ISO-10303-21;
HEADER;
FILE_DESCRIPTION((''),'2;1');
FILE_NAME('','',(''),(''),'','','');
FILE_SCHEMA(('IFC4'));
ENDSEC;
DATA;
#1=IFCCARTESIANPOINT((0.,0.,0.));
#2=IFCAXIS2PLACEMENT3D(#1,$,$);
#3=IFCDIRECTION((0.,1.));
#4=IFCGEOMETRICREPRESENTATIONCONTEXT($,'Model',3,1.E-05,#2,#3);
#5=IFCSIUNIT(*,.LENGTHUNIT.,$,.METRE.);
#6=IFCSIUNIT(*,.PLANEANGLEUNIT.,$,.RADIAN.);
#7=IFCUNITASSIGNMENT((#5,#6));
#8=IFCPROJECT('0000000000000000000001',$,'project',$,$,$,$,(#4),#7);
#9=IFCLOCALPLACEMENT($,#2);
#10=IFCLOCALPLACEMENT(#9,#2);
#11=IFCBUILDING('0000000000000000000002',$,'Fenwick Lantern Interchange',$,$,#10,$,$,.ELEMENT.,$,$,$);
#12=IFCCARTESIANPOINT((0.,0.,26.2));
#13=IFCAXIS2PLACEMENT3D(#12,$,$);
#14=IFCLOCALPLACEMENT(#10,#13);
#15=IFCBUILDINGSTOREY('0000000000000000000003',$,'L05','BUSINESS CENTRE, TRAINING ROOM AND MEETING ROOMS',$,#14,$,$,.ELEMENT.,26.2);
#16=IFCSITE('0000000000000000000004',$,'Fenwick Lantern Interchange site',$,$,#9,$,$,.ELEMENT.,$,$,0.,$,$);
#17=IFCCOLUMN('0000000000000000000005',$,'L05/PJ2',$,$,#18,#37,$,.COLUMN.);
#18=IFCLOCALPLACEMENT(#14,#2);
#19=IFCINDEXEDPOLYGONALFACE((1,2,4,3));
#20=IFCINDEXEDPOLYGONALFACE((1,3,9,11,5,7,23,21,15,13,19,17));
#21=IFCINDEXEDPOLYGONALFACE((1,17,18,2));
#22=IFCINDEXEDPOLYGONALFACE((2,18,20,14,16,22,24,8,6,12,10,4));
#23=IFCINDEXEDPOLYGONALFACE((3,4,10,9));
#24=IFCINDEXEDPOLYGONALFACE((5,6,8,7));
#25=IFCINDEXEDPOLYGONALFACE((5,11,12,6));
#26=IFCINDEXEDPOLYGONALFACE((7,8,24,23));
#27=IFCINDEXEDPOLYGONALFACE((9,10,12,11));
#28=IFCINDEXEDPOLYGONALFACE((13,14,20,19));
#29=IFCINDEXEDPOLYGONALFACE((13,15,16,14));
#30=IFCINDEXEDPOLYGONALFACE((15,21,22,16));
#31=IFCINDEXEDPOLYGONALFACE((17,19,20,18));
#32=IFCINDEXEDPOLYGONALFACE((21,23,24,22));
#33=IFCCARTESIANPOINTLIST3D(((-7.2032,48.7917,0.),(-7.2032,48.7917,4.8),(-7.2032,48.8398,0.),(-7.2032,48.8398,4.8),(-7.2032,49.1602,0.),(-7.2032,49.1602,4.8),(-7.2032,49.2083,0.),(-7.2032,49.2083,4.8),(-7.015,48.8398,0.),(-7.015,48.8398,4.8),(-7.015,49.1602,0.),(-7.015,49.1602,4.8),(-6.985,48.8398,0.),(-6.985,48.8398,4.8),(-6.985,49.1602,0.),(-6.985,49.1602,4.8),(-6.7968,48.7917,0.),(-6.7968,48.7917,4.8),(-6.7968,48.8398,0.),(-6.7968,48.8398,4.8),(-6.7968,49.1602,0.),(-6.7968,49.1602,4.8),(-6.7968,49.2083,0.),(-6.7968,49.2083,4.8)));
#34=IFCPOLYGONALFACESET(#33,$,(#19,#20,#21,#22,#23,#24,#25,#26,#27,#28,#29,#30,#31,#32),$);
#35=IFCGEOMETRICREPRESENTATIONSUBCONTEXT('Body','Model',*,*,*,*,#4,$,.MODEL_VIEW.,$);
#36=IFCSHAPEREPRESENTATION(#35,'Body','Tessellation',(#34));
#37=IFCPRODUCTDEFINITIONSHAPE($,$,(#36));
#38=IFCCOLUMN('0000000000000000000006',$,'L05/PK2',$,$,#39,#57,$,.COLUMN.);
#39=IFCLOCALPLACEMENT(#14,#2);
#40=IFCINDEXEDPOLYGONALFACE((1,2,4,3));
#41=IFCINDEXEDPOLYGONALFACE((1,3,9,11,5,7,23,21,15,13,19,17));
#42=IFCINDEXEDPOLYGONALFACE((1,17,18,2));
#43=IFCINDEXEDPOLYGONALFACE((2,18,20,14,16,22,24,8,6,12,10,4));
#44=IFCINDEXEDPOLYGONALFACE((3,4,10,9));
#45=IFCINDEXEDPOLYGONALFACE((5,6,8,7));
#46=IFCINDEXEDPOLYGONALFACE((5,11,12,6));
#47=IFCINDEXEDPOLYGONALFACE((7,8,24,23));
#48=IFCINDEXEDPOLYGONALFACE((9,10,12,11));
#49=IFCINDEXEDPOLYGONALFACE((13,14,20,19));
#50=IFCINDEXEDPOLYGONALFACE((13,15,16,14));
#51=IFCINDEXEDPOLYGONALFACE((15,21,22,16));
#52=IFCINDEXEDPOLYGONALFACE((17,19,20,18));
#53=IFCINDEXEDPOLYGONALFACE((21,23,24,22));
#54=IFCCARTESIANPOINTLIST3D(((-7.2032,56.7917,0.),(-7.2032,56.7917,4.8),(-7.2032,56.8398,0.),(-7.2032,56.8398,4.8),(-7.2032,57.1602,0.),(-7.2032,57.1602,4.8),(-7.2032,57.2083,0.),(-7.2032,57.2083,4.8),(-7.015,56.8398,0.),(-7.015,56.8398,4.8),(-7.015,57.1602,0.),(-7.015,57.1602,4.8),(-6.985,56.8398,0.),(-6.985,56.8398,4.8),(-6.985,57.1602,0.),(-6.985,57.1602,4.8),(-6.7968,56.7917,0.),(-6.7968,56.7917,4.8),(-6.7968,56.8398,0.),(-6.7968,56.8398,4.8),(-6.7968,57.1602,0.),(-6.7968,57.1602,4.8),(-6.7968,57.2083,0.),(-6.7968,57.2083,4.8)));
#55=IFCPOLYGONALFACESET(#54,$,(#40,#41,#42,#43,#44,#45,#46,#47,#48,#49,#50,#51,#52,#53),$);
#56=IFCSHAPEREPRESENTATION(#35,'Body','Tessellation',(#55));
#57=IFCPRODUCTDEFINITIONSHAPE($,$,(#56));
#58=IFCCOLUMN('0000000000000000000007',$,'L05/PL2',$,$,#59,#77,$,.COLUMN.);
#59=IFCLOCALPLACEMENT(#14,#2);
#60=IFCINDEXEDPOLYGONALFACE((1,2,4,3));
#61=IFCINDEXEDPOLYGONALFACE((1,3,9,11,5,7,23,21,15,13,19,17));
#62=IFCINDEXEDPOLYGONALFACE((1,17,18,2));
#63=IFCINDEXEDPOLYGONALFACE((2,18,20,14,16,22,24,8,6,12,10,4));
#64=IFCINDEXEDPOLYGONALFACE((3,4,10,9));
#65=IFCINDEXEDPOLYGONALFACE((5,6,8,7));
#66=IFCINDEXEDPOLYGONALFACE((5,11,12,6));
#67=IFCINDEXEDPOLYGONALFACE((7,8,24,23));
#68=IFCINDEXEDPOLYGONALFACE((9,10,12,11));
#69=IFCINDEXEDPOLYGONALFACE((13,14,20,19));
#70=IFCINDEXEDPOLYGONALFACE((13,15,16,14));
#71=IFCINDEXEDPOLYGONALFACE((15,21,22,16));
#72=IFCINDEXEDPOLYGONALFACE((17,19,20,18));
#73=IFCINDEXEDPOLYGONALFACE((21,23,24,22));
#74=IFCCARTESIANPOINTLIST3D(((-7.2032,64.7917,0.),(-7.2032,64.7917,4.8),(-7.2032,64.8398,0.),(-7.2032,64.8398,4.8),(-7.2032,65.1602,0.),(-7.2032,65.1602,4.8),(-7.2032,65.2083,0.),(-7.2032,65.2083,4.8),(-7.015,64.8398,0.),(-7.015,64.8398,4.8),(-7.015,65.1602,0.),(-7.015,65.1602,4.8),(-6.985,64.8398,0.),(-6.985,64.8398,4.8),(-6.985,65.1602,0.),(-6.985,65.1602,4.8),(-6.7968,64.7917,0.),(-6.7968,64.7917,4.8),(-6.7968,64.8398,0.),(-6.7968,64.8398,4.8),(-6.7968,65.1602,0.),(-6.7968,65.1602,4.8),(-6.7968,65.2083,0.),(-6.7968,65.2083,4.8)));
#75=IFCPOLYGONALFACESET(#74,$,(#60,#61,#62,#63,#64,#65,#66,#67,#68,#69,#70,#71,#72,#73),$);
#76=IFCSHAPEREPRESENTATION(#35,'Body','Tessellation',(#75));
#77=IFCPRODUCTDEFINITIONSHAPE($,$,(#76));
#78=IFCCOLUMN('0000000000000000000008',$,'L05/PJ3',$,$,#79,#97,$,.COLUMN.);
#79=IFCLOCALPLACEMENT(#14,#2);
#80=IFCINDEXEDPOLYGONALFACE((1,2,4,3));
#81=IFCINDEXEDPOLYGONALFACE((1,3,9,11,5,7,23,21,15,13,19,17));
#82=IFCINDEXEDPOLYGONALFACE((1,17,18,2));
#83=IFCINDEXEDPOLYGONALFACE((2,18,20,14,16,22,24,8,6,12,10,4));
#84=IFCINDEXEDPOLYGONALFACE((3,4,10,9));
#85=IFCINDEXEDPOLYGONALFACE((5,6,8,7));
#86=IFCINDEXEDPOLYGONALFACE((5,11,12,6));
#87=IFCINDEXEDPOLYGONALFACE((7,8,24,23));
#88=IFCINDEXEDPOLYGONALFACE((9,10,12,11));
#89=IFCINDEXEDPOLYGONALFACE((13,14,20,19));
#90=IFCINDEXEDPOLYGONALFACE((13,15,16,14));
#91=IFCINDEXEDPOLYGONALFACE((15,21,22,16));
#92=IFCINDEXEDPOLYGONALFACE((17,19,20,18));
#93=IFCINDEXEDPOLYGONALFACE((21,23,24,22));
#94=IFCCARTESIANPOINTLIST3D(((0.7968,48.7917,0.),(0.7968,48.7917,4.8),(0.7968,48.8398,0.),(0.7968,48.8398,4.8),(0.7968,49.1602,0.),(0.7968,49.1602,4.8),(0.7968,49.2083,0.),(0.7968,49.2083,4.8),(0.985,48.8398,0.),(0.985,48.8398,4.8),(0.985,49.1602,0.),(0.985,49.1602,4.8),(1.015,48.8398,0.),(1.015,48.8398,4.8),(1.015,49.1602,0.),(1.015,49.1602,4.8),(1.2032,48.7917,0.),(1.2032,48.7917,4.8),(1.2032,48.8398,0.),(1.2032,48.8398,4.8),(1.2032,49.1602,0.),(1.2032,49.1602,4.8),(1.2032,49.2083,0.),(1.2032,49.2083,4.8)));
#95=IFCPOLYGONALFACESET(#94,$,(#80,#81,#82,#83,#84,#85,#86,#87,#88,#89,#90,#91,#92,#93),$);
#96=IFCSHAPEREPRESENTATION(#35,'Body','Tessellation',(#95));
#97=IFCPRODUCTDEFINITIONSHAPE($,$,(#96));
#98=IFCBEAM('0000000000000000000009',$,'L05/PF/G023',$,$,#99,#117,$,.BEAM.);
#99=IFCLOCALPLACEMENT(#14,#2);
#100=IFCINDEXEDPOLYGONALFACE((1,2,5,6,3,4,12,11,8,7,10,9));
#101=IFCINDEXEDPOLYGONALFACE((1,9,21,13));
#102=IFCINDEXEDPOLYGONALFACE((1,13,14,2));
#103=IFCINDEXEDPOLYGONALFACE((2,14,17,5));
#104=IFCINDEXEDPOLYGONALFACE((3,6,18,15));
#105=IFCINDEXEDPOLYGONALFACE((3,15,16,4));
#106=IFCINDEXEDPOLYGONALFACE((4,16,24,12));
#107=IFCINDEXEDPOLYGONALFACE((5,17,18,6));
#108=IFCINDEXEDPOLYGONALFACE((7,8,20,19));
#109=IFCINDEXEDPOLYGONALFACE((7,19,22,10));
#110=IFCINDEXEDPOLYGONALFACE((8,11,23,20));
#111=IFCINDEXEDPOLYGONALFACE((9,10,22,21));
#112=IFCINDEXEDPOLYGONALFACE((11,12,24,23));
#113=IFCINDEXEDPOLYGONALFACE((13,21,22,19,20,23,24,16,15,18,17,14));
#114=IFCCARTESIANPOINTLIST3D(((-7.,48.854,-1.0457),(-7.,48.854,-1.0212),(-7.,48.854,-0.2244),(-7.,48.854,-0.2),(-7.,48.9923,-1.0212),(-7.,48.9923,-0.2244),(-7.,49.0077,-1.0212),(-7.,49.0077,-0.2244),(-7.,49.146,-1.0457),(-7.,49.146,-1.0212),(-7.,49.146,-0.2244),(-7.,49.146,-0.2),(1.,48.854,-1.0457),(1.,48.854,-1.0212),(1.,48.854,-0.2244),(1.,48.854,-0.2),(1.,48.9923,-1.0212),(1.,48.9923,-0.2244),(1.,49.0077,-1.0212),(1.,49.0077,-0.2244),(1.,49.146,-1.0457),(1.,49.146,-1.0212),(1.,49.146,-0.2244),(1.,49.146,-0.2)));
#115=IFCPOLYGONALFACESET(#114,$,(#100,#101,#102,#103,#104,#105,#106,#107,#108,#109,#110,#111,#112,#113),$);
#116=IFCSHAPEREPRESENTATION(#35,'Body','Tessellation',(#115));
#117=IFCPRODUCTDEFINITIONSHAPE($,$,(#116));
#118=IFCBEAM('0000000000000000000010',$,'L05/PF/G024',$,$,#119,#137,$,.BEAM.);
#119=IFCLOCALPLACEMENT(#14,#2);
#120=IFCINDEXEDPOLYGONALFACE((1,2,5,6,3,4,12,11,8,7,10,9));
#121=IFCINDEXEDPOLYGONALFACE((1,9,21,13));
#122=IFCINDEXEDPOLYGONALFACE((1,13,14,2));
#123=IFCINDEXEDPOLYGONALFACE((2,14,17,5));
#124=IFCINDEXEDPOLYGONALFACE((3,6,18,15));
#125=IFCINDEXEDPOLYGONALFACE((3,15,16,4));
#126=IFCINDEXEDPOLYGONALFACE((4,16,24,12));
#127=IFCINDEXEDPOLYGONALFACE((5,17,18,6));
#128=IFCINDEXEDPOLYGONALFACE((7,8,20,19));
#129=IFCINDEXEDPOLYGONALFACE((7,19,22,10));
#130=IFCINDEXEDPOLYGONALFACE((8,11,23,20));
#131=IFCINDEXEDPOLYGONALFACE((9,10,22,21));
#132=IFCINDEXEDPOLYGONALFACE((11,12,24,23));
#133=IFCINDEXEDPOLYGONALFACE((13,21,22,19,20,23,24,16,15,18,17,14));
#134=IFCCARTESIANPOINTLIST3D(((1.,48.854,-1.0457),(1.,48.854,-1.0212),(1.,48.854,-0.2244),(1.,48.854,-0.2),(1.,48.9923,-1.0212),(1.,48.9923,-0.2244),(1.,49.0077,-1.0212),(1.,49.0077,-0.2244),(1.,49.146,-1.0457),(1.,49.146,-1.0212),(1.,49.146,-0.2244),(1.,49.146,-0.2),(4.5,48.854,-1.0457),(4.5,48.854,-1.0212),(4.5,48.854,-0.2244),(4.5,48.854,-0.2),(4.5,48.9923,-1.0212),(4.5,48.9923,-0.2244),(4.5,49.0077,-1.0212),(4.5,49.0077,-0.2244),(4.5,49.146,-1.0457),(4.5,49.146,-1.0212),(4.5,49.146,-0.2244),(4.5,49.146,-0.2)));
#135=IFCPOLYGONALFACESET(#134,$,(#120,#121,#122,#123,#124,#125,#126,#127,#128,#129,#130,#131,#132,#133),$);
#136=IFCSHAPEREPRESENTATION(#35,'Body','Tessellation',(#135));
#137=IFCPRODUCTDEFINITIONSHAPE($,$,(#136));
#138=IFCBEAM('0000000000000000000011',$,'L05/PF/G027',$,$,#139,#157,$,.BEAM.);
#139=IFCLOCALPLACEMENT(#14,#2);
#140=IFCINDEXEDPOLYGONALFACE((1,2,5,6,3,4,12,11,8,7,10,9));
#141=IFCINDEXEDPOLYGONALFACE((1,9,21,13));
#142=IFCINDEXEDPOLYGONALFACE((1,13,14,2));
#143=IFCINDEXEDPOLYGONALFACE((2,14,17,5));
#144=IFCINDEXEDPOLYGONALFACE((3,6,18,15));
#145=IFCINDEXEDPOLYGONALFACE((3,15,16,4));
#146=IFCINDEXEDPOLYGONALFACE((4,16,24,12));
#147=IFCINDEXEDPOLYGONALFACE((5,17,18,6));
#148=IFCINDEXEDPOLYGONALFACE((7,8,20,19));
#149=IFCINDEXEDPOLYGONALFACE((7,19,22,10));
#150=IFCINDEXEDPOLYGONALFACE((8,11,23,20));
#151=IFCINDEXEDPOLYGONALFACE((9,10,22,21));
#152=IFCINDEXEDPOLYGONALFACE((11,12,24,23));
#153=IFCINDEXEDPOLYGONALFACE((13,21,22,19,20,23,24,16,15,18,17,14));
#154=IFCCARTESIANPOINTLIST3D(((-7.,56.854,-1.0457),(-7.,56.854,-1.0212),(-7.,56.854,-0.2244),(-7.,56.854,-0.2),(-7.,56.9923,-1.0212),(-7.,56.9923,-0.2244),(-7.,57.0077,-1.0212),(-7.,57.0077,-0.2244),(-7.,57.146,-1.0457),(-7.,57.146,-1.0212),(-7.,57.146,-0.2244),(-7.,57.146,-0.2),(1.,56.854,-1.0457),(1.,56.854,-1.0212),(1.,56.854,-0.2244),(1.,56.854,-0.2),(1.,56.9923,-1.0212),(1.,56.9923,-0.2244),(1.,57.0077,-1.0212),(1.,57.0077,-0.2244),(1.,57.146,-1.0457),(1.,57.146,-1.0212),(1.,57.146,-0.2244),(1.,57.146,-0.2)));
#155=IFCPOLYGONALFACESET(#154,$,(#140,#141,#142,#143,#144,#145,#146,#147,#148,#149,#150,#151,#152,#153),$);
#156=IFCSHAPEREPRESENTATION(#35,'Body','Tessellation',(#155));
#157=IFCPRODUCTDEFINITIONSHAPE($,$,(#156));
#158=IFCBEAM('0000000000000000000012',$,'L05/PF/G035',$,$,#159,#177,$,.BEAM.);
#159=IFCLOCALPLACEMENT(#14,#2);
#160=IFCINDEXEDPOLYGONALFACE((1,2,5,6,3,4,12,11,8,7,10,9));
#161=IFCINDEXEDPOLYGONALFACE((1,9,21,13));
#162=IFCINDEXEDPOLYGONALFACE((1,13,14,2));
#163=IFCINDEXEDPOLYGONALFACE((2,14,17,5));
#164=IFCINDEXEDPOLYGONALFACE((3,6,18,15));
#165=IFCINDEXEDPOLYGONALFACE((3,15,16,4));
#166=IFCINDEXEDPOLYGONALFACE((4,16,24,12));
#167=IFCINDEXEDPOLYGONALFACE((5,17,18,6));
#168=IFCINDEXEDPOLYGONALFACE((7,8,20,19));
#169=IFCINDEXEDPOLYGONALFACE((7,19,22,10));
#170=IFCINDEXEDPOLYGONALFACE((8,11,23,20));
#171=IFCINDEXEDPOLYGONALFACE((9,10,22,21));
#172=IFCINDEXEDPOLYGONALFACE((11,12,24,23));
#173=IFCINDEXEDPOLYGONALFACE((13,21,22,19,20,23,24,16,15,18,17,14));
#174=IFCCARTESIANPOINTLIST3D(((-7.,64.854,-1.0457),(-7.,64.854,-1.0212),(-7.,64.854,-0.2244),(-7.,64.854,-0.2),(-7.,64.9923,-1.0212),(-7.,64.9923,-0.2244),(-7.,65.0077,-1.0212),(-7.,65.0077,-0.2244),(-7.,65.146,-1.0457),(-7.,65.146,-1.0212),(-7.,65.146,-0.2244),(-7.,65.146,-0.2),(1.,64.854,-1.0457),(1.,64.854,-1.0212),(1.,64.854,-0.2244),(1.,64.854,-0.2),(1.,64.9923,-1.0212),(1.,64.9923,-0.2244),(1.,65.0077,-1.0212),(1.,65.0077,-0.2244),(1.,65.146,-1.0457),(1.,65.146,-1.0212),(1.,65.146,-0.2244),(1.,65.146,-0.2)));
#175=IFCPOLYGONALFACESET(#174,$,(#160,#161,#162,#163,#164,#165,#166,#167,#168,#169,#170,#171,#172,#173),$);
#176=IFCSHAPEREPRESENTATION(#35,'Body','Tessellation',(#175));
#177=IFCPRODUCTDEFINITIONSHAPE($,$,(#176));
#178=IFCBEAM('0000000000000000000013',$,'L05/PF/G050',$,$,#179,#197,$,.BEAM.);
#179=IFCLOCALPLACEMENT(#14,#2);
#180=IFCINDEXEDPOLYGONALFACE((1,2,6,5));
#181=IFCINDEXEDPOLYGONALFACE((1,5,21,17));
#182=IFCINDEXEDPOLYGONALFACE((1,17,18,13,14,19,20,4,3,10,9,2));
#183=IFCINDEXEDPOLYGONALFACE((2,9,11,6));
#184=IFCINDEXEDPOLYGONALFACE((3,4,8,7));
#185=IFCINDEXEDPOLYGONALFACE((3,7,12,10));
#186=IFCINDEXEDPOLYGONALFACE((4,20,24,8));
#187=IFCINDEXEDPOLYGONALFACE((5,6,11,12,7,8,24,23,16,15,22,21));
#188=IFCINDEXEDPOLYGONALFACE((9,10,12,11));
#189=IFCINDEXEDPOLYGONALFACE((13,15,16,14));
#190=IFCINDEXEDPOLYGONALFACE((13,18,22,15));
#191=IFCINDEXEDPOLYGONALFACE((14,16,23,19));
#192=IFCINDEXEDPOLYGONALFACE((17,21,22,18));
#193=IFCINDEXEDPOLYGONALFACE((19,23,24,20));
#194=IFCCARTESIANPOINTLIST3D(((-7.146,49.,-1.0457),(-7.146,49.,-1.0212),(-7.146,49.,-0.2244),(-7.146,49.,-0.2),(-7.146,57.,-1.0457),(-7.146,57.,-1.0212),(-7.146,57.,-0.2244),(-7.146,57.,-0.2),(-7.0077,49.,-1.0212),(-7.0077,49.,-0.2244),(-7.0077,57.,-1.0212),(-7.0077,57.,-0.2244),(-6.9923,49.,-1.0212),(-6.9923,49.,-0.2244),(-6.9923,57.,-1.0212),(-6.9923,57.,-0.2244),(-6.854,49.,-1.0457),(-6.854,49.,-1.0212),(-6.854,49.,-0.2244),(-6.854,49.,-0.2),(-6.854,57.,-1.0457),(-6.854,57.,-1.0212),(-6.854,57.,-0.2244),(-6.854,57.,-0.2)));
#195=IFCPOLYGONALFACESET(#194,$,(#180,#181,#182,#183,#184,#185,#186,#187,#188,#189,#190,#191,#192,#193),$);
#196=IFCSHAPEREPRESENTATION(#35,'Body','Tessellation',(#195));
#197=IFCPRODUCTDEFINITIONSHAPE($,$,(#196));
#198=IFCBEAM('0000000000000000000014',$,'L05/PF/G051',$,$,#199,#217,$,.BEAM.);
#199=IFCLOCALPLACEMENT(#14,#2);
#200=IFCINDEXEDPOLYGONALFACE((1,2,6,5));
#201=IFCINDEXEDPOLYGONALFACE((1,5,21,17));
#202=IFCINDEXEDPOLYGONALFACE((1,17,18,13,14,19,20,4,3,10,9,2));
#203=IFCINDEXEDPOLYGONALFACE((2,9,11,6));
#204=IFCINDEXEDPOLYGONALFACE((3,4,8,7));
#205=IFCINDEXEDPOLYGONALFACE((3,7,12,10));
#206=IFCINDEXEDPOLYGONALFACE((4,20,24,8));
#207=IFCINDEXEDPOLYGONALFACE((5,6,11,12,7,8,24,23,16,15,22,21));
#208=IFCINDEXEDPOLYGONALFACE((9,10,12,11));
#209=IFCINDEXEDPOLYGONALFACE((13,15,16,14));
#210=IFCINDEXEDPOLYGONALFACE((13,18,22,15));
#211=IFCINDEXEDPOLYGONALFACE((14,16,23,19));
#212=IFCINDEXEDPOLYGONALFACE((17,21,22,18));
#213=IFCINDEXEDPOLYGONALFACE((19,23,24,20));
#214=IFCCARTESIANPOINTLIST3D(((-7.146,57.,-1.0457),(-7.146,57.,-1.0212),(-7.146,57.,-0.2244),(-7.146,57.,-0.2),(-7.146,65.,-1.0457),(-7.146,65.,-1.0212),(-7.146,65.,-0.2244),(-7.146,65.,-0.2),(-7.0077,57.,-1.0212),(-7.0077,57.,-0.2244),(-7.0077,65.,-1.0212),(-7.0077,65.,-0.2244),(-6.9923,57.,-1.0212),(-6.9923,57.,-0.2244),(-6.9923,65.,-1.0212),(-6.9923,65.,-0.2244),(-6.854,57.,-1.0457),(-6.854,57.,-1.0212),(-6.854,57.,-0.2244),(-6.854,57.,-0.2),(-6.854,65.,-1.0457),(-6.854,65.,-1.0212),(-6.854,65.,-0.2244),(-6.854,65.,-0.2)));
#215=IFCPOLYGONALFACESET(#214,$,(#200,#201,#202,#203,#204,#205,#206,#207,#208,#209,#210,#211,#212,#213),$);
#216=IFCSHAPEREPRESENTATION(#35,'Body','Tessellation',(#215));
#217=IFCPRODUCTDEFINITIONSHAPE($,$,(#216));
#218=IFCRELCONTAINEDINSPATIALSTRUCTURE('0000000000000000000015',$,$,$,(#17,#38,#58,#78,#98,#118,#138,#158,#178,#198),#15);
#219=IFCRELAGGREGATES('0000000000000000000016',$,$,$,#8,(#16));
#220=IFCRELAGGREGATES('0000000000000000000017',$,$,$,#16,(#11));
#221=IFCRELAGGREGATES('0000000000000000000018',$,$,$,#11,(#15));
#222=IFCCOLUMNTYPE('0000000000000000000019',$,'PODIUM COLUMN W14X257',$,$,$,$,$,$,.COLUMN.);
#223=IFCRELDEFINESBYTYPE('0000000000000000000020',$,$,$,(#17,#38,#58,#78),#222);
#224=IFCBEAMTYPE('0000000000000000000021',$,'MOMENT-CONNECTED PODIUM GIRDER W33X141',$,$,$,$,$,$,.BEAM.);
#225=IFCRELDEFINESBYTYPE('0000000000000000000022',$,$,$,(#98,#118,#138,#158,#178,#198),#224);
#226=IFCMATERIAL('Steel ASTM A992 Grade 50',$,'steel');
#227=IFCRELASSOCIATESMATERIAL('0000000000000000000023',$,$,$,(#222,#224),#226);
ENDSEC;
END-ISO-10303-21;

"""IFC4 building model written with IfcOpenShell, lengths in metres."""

from ifc_helpers import new_model, si_unit, direction, frame, origin, origin_2d, place, context, subcontext, project, spatial, i_section, extrude, material, material_profile, profile_set, type_object, element, save


model = new_model("IFC4")

# Units and contexts
model_context = context("Model", 3, precision=1e-05, world=origin(), true_north=direction((0.0, 1.0)))
body_context = subcontext(model_context, "Body", "Model", "MODEL_VIEW")
ifc_project = project(units=[si_unit("LENGTHUNIT", "METRE"), si_unit("PLANEANGLEUNIT", "RADIAN")], contexts=[model_context])

# Site, building, storey
site_placement = place(None, origin())
site = spatial("IfcSite", under=ifc_project, at=site_placement, Name="Fenwick Lantern Interchange site", CompositionType="ELEMENT", RefElevation=0.0)
building_placement = place(site_placement, origin())
building = spatial("IfcBuilding", under=site, at=building_placement, Name="Fenwick Lantern Interchange", CompositionType="ELEMENT")
storey_placement = place(building_placement, frame((0.0, 0.0, 26.2)))
storey = spatial("IfcBuildingStorey", under=building, at=storey_placement, Name="L05", Description="BUSINESS CENTRE, TRAINING ROOM AND MEETING ROOMS", CompositionType="ELEMENT", Elevation=26.2)

# Columns
ifc_material_1 = material(Name="Steel ASTM A992 Grade 50", Category="steel")
ifc_material_profile_1 = material_profile(ifc_material_1, i_section(OverallWidth=0.4065, OverallDepth=0.4165, WebThickness=0.03, FlangeThickness=0.0481, at=origin_2d()), Name="W14X257")
ifc_profile_set_1 = profile_set([ifc_material_profile_1], Name="Steel ASTM A992 Grade 50")
column_type = type_object("IfcColumnType", Name="PODIUM COLUMN W14X257", PredefinedType="COLUMN", material=ifc_profile_set_1)
for number, where, z_axis, x_axis, name in (
    (1, (-7.0, 49.0, 0.0), (0.0, 0.0, 1.0), (1.0, 0.0, 0.0), "L05/PJ2"),
    (2, (-7.0, 57.0, 0.0), (0.0, 0.0, 1.0), (1.0, 0.0, 0.0), "L05/PK2"),
    (3, (-7.0, 65.0, 0.0), (0.0, 0.0, 1.0), (1.0, 0.0, 0.0), "L05/PL2"),
    (4, (1.0, 49.0, 0.0), (0.0, 0.0, 1.0), (1.0, 0.0, 0.0), "L05/PJ3"),
):
    element("IfcColumn", number, at=place(storey_placement, frame(where, z_axis=z_axis, x_axis=x_axis)), inside=storey, type_object=column_type, Name=name, PredefinedType="COLUMN", context=body_context, shape_type="SweptSolid", body=[
        extrude(i_section(OverallWidth=0.4065, OverallDepth=0.4165, WebThickness=0.03, FlangeThickness=0.0481, at=origin_2d()), origin(), (0.0, 0.0, 1.0), 4.8),
    ])

# Beams
ifc_material_profile_2 = material_profile(ifc_material_1, i_section(OverallWidth=0.292, OverallDepth=0.8457, WebThickness=0.0154, FlangeThickness=0.0244, at=origin_2d()), Name="W33X141")
ifc_profile_set_2 = profile_set([ifc_material_profile_2], Name="Steel ASTM A992 Grade 50")
beam_type_1 = type_object("IfcBeamType", Name="MOMENT-CONNECTED PODIUM GIRDER W33X141", PredefinedType="BEAM", material=ifc_profile_set_2)
beam_1_placement = place(storey_placement, frame((-7.0, 49.0, -0.6228), z_axis=(1.0, 0.0, 0.0), x_axis=(0.0, 1.0, 0.0)))
element("IfcBeam", 5, at=beam_1_placement, inside=storey, type_object=beam_type_1, Name="L05/PF/G023", PredefinedType="BEAM", context=body_context, shape_type="SweptSolid", body=[
    extrude(i_section(OverallWidth=0.292, OverallDepth=0.8457, WebThickness=0.0154, FlangeThickness=0.0244, at=origin_2d()), origin(), (0.0, 0.0, 1.0), 8.0),
])
beam_2_placement = place(storey_placement, frame((1.0, 49.0, -0.6228), z_axis=(1.0, 0.0, 0.0), x_axis=(0.0, 1.0, 0.0)))
element("IfcBeam", 6, at=beam_2_placement, inside=storey, type_object=beam_type_1, Name="L05/PF/G024", PredefinedType="BEAM", context=body_context, shape_type="SweptSolid", body=[
    extrude(i_section(OverallWidth=0.292, OverallDepth=0.8457, WebThickness=0.0154, FlangeThickness=0.0244, at=origin_2d()), origin(), (0.0, 0.0, 1.0), 3.5),
])
for number, where, z_axis, x_axis, name in (
    (7, (-7.0, 57.0, -0.6228), (1.0, 0.0, 0.0), (0.0, 1.0, 0.0), "L05/PF/G027"),
    (8, (-7.0, 65.0, -0.6228), (1.0, 0.0, 0.0), (0.0, 1.0, 0.0), "L05/PF/G035"),
    (9, (-7.0, 49.0, -0.6228), (0.0, 1.0, 0.0), (-1.0, 0.0, 0.0), "L05/PF/G050"),
    (10, (-7.0, 57.0, -0.6228), (0.0, 1.0, 0.0), (-1.0, 0.0, 0.0), "L05/PF/G051"),
):
    element("IfcBeam", number, at=place(storey_placement, frame(where, z_axis=z_axis, x_axis=x_axis)), inside=storey, type_object=beam_type_1, Name=name, PredefinedType="BEAM", context=body_context, shape_type="SweptSolid", body=[
        extrude(i_section(OverallWidth=0.292, OverallDepth=0.8457, WebThickness=0.0154, FlangeThickness=0.0244, at=origin_2d()), origin(), (0.0, 0.0, 1.0), 8.0),
    ])

save(model, "model.ifc")
